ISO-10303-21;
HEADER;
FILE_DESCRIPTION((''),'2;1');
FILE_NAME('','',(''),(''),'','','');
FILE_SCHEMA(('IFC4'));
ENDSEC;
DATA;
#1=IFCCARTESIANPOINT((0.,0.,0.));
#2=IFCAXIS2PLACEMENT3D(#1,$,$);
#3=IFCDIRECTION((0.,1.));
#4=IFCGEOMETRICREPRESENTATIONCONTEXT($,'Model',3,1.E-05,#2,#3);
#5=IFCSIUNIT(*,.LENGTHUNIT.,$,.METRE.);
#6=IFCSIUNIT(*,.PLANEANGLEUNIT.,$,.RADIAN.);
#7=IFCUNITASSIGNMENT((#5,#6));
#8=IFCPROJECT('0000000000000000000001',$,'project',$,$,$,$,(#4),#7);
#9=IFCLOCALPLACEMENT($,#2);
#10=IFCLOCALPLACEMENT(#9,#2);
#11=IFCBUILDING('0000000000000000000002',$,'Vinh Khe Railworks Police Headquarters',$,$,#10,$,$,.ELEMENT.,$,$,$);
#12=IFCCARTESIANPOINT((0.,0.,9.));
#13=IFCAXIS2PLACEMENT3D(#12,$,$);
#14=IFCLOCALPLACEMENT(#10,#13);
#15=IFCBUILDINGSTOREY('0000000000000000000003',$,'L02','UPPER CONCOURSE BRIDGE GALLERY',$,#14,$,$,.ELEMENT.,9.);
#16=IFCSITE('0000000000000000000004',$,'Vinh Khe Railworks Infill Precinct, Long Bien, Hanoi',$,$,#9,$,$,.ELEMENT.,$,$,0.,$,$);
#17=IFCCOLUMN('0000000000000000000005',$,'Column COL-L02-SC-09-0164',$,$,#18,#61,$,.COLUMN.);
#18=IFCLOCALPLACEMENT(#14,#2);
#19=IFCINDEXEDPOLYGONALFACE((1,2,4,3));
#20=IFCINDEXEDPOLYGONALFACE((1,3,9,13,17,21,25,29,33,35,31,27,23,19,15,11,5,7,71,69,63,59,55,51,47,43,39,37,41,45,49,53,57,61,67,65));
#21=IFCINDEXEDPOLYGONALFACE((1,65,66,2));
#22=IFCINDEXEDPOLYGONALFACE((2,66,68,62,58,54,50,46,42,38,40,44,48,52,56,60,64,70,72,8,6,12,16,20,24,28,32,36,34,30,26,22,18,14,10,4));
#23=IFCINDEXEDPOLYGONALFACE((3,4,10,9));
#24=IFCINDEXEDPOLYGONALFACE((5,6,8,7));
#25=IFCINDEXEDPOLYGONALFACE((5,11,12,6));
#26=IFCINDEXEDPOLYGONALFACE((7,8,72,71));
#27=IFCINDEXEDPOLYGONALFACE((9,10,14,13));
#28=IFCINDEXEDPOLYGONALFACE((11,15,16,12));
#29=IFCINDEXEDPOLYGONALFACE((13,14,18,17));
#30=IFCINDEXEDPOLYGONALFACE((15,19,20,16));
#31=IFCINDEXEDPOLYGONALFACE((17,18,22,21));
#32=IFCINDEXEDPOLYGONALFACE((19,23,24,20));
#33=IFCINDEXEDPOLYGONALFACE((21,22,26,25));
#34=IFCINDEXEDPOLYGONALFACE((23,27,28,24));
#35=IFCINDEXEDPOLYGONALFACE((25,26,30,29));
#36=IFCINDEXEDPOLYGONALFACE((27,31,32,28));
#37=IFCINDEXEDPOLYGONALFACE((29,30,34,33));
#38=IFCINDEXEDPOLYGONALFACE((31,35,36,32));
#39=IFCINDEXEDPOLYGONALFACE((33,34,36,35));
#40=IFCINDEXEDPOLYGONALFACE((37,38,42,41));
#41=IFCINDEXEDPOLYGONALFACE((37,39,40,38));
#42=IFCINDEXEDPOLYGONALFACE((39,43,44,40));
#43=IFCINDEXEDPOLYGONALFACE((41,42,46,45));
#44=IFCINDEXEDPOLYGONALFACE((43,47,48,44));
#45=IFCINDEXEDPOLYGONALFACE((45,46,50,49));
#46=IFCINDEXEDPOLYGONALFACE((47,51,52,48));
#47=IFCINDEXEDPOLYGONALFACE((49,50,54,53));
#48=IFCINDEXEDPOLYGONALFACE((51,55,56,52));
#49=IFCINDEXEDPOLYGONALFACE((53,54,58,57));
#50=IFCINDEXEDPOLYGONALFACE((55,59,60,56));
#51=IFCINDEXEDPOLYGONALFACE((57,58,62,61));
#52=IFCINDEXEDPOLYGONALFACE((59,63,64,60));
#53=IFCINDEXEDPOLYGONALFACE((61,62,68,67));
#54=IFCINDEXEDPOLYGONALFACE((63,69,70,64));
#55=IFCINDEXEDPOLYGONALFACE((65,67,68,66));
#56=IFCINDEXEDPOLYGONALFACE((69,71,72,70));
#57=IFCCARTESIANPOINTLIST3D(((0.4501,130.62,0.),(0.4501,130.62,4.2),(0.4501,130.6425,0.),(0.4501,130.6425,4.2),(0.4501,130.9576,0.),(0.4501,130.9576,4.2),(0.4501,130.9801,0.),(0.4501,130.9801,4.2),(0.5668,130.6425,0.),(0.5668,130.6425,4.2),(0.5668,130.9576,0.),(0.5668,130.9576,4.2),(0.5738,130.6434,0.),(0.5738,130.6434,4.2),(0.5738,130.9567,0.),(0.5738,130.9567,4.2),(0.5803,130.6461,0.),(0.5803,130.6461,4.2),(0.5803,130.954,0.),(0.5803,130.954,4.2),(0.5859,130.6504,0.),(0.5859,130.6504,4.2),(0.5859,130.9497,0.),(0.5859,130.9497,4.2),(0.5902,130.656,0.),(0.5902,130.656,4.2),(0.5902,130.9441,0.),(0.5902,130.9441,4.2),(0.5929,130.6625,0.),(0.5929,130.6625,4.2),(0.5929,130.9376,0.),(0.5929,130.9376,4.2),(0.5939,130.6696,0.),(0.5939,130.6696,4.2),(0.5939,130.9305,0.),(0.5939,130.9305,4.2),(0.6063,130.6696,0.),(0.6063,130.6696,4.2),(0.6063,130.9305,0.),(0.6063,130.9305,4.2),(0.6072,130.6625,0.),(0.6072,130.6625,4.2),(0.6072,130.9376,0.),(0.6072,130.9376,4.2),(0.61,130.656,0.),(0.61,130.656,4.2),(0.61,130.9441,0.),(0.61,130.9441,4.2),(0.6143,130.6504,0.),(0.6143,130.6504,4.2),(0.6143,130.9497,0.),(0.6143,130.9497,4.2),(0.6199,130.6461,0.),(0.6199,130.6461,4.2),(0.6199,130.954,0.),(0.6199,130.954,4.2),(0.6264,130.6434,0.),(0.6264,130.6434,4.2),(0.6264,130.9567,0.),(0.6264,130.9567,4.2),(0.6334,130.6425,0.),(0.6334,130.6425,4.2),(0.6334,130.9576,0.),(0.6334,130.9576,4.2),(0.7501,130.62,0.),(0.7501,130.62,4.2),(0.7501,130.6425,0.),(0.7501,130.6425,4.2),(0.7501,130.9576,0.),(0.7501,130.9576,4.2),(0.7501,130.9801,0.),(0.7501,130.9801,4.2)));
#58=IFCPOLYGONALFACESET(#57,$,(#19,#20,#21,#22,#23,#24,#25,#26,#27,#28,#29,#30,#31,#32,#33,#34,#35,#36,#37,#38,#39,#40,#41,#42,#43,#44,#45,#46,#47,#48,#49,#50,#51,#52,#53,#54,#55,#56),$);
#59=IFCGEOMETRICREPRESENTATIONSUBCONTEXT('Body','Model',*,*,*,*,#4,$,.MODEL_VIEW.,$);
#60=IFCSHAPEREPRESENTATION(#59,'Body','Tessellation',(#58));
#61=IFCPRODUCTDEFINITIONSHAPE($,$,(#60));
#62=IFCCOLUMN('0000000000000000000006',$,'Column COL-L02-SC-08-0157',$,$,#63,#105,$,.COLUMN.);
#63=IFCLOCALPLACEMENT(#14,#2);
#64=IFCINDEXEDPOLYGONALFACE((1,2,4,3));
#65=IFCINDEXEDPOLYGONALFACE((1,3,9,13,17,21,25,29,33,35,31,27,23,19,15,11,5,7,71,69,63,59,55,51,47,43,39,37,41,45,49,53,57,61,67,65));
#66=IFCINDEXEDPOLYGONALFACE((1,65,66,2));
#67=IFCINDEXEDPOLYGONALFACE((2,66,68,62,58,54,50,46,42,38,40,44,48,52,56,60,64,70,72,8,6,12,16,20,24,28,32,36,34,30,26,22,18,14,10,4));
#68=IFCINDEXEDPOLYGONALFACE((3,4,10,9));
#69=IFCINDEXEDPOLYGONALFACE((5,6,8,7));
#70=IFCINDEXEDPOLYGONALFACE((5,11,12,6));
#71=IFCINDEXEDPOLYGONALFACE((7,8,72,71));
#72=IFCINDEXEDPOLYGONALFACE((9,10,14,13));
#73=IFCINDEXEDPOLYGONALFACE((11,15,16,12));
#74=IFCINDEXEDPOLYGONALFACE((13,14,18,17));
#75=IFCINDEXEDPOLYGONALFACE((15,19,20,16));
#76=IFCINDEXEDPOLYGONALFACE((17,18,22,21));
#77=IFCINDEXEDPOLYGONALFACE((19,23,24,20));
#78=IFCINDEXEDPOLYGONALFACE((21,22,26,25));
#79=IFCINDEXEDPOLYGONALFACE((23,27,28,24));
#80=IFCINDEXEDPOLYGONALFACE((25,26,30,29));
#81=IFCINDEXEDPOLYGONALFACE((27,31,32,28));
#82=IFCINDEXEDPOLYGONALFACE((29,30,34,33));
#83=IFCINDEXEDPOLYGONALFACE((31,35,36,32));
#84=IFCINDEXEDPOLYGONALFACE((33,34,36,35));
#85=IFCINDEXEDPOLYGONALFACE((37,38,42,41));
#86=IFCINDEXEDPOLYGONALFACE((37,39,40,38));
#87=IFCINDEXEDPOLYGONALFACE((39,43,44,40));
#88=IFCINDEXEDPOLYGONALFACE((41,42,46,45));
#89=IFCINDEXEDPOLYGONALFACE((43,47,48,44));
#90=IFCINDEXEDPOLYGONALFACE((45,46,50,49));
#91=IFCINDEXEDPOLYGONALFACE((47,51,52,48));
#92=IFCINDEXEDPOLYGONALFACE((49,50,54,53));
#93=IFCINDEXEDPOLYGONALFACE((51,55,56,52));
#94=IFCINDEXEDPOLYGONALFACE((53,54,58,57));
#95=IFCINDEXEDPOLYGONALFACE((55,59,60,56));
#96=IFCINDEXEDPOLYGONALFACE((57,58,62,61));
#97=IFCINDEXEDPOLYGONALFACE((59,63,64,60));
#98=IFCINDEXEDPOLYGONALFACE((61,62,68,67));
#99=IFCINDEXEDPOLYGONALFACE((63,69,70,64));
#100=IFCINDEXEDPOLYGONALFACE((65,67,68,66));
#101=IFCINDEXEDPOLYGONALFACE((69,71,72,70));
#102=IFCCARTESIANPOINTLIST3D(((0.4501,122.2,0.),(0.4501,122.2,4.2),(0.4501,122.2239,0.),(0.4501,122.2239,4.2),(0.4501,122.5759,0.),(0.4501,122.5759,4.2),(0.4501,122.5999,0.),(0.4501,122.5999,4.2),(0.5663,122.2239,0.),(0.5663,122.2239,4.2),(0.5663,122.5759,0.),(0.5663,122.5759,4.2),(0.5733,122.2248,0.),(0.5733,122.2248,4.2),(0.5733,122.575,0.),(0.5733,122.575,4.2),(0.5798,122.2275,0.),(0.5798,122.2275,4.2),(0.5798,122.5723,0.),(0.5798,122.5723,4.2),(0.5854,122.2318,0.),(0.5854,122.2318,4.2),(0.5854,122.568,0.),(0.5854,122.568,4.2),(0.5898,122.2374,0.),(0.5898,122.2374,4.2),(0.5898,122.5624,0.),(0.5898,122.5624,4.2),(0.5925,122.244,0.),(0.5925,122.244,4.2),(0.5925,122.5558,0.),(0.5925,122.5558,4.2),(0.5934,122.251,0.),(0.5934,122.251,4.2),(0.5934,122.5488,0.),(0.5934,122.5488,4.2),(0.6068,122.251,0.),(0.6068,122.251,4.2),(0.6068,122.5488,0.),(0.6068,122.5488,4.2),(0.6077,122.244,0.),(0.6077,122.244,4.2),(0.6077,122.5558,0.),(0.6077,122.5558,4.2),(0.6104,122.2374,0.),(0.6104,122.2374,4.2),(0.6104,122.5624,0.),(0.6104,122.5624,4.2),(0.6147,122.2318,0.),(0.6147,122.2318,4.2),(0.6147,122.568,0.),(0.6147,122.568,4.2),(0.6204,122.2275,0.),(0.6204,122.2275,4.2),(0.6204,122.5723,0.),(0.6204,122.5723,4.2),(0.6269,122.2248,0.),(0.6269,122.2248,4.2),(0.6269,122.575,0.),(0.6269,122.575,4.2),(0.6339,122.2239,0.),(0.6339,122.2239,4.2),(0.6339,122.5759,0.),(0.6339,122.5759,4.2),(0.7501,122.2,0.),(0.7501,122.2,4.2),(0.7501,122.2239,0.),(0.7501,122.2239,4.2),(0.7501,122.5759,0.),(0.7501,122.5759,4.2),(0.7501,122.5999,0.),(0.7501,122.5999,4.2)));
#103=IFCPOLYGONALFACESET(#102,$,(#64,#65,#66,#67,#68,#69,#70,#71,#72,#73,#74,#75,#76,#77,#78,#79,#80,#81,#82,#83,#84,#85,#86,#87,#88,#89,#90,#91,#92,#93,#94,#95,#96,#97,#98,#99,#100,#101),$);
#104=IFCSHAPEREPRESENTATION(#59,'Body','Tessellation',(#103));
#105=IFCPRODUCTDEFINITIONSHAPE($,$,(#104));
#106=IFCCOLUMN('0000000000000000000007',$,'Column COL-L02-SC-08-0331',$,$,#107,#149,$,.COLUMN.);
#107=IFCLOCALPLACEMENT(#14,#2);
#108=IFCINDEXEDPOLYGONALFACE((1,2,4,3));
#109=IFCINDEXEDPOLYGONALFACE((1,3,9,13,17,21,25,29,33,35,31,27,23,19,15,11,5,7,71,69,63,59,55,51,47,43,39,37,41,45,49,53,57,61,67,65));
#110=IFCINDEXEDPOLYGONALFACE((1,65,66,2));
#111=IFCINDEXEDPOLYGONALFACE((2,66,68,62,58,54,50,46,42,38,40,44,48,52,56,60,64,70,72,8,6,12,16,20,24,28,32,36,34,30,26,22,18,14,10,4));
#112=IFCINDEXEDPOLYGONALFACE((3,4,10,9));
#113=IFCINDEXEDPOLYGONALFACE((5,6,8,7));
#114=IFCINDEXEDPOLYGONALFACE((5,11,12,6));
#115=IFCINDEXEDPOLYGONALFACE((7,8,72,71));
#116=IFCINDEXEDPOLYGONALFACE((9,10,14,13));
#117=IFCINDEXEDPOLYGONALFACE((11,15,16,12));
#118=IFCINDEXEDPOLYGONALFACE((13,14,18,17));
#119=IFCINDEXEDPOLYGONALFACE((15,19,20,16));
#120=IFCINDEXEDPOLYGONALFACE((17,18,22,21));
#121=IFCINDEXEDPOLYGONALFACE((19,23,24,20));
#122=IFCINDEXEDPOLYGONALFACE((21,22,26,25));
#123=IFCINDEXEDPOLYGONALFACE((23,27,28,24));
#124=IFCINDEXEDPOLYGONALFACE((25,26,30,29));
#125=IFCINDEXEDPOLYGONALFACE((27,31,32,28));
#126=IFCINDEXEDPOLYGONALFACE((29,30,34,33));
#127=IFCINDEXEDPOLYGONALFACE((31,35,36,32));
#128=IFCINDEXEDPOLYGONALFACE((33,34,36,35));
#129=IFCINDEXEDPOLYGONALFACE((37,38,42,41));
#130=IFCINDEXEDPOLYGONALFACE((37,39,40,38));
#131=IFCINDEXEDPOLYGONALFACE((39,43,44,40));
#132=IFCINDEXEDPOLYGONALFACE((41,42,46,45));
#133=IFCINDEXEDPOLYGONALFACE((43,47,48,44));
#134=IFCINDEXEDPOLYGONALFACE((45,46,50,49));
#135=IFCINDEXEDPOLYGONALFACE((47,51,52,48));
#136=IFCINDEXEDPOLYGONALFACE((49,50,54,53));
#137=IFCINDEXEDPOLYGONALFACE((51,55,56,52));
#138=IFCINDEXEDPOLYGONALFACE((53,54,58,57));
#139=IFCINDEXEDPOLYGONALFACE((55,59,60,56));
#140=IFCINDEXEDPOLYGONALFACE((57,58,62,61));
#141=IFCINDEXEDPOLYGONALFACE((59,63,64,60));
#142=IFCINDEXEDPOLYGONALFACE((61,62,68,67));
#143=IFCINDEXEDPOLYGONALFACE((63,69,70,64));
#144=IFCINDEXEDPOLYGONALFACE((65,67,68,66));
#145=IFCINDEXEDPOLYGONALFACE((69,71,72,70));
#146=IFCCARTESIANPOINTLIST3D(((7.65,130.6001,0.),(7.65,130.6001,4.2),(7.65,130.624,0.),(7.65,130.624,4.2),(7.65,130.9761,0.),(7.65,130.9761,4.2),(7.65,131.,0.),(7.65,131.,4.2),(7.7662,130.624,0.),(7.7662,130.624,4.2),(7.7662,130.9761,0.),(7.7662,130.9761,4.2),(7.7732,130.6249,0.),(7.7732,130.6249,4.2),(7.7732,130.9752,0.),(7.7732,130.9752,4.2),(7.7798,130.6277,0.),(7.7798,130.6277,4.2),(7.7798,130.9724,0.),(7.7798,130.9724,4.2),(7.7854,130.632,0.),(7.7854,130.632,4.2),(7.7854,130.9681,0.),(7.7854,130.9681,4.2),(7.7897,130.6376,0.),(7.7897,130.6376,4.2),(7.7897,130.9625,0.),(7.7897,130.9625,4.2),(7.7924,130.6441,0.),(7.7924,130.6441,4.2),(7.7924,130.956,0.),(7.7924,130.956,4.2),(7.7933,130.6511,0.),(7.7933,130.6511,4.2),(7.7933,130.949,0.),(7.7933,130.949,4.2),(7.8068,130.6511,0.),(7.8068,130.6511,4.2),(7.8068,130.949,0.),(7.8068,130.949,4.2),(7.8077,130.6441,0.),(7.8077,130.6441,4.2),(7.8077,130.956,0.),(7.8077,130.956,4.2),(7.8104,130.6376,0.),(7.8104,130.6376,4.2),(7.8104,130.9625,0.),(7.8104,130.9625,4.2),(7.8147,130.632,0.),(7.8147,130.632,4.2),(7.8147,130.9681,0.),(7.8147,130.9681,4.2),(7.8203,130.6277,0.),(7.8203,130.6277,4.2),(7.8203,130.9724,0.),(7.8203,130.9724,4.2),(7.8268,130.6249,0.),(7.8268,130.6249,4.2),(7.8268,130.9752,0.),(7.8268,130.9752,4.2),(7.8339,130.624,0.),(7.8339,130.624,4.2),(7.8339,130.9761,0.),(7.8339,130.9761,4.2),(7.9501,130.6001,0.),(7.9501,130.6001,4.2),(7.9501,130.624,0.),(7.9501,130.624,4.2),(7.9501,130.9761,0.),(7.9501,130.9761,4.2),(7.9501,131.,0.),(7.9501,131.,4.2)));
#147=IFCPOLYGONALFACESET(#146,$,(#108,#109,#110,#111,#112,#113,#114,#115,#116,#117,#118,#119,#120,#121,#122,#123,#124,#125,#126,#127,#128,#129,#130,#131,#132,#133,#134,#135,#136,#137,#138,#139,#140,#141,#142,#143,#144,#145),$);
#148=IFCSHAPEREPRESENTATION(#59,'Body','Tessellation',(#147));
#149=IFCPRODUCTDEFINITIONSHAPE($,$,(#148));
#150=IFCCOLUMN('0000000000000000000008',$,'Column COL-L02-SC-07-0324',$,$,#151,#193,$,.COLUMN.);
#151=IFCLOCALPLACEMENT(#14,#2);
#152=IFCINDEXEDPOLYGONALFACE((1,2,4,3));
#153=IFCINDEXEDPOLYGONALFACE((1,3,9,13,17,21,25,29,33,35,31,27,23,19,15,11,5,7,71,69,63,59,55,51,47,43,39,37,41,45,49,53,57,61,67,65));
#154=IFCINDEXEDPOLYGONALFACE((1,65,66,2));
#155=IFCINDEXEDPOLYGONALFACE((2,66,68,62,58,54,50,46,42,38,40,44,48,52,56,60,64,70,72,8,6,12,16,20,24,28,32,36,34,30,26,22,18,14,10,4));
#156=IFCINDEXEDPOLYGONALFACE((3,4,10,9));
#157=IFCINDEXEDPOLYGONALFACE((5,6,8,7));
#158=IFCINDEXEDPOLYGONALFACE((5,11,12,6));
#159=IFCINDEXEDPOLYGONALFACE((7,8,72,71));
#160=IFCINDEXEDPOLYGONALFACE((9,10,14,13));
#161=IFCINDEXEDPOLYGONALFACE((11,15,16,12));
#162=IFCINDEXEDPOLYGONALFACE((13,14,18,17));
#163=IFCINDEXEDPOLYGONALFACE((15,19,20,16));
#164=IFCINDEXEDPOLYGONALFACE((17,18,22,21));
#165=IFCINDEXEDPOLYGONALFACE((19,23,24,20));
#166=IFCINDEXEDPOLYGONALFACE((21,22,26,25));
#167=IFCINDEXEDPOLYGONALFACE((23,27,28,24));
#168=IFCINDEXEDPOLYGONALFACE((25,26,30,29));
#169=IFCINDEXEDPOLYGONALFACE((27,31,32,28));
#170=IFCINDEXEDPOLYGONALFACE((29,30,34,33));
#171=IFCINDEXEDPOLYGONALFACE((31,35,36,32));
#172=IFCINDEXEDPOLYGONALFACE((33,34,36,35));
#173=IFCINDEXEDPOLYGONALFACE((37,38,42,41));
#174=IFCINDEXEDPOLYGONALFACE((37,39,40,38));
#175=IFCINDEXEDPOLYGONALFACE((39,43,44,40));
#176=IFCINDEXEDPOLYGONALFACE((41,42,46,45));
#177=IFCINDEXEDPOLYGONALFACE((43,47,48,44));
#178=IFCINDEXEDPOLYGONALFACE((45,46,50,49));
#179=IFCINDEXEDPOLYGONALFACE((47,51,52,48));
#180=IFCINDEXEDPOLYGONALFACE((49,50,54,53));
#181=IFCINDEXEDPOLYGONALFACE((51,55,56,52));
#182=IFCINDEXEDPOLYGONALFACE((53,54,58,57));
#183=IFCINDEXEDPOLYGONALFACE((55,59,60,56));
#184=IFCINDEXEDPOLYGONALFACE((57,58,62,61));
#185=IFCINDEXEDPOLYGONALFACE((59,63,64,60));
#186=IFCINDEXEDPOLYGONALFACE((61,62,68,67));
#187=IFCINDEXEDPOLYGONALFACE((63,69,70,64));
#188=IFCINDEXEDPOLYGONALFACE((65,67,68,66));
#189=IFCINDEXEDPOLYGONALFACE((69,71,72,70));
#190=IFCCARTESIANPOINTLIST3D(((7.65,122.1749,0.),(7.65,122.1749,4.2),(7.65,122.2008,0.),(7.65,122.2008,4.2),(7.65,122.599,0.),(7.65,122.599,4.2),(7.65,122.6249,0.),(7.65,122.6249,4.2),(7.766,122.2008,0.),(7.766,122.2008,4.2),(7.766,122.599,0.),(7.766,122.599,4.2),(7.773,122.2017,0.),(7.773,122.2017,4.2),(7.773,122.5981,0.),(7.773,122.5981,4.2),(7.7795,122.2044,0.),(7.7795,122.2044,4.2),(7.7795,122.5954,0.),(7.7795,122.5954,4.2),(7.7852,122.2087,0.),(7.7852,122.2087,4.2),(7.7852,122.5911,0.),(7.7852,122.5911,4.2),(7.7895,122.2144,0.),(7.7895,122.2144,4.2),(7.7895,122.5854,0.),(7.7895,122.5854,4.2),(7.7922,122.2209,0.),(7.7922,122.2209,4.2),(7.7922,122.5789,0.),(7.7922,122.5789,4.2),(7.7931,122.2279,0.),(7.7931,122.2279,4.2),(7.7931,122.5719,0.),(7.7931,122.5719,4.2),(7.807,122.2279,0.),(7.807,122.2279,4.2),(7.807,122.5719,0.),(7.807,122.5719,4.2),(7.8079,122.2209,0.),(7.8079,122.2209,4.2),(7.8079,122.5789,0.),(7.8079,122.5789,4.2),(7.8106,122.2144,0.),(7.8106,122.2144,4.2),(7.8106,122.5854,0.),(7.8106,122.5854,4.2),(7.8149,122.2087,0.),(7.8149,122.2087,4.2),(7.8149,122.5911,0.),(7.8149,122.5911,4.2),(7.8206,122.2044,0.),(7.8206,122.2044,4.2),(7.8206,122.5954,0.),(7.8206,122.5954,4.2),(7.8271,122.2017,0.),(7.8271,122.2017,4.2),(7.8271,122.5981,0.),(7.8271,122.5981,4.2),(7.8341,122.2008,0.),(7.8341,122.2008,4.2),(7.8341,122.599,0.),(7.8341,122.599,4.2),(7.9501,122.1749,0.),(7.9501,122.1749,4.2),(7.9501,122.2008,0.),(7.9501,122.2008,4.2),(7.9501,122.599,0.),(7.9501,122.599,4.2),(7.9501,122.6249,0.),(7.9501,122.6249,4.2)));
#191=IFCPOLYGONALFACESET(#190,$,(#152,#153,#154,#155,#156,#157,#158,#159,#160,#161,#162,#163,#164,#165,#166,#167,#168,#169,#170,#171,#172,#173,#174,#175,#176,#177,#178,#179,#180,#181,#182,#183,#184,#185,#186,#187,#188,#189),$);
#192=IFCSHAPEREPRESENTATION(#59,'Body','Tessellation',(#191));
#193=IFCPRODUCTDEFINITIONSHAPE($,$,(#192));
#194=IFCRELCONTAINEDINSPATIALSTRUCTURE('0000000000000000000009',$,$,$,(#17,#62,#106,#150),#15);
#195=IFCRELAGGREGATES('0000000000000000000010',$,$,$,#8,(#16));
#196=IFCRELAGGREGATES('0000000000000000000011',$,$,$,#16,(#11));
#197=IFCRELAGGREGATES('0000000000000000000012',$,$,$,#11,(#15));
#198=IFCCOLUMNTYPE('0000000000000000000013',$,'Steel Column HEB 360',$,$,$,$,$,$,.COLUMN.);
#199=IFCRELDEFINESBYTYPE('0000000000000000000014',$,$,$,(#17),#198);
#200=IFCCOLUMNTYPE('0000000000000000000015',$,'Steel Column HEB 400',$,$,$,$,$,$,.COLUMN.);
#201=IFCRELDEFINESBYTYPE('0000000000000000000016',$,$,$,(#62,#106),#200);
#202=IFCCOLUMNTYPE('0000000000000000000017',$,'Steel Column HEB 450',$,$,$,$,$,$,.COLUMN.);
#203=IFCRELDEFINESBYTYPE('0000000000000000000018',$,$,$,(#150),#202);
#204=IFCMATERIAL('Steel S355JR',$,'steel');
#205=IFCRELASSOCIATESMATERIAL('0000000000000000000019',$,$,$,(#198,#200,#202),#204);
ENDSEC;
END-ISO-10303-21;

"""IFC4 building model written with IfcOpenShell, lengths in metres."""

from ifc_helpers import new_model, si_unit, direction, frame, origin, origin_2d, place, context, subcontext, project, spatial, i_section, extrude, material, material_profile, profile_set, type_object, element, save


model = new_model("IFC4")

# Units and contexts
model_context = context("Model", 3, precision=1e-05, world=origin(), true_north=direction((0.0, 1.0)))
body_context = subcontext(model_context, "Body", "Model", "MODEL_VIEW")
ifc_project = project(units=[si_unit("LENGTHUNIT", "METRE"), si_unit("PLANEANGLEUNIT", "RADIAN")], contexts=[model_context])

# Site, building, storey
site_placement = place(None, origin())
site = spatial("IfcSite", under=ifc_project, at=site_placement, Name="Vinh Khe Railworks Infill Precinct, Long Bien, Hanoi", CompositionType="ELEMENT", RefElevation=0.0)
building_placement = place(site_placement, origin())
building = spatial("IfcBuilding", under=site, at=building_placement, Name="Vinh Khe Railworks Police Headquarters", CompositionType="ELEMENT")
storey_placement = place(building_placement, frame((0.0, 0.0, 9.0)))
storey = spatial("IfcBuildingStorey", under=building, at=storey_placement, Name="L02", Description="UPPER CONCOURSE BRIDGE GALLERY", CompositionType="ELEMENT", Elevation=9.0)

# Columns
ifc_material_1 = material(Name="Steel S355JR", Category="steel")
ifc_material_profile_1 = material_profile(ifc_material_1, i_section(OverallWidth=0.3, OverallDepth=0.3601, WebThickness=0.0125, FlangeThickness=0.0225, FilletRadius=0.0271, at=origin_2d()), Name="HEB 360")
ifc_profile_set_1 = profile_set([ifc_material_profile_1], Name="Steel S355JR")
column_type_1 = type_object("IfcColumnType", Name="Steel Column HEB 360", PredefinedType="COLUMN", material=ifc_profile_set_1)
column_1_placement = place(storey_placement, frame((0.6001, 130.8, 0.0), z_axis=(0.0, 0.0, 1.0), x_axis=(1.0, 0.0, 0.0)))
element("IfcColumn", 1, at=column_1_placement, inside=storey, type_object=column_type_1, Name="Column COL-L02-SC-09-0164", PredefinedType="COLUMN", context=body_context, shape_type="SweptSolid", body=[
    extrude(i_section(OverallWidth=0.3, OverallDepth=0.3601, WebThickness=0.0125, FlangeThickness=0.0225, FilletRadius=0.0271, at=origin_2d()), origin(), (0.0, 0.0, 1.0), 4.2),
])
ifc_material_profile_2 = material_profile(ifc_material_1, i_section(OverallWidth=0.3, OverallDepth=0.3999, WebThickness=0.0134, FlangeThickness=0.0239, FilletRadius=0.0271, at=origin_2d()), Name="HEB 400")
ifc_profile_set_2 = profile_set([ifc_material_profile_2], Name="Steel S355JR")
column_type_2 = type_object("IfcColumnType", Name="Steel Column HEB 400", PredefinedType="COLUMN", material=ifc_profile_set_2)
for number, where, z_axis, x_axis, name in (
    (2, (0.6001, 122.3999, 0.0), (0.0, 0.0, 1.0), (1.0, 0.0, 0.0), "Column COL-L02-SC-08-0157"),
    (3, (7.8, 130.8, 0.0), (0.0, 0.0, 1.0), (1.0, 0.0, 0.0), "Column COL-L02-SC-08-0331"),
):
    element("IfcColumn", number, at=place(storey_placement, frame(where, z_axis=z_axis, x_axis=x_axis)), inside=storey, type_object=column_type_2, Name=name, PredefinedType="COLUMN", context=body_context, shape_type="SweptSolid", body=[
        extrude(i_section(OverallWidth=0.3, OverallDepth=0.3999, WebThickness=0.0134, FlangeThickness=0.0239, FilletRadius=0.0271, at=origin_2d()), origin(), (0.0, 0.0, 1.0), 4.2),
    ])
ifc_material_profile_3 = material_profile(ifc_material_1, i_section(OverallWidth=0.3, OverallDepth=0.45, WebThickness=0.0139, FlangeThickness=0.0259, FilletRadius=0.0271, at=origin_2d()), Name="HEB 450")
ifc_profile_set_3 = profile_set([ifc_material_profile_3], Name="Steel S355JR")
column_type_3 = type_object("IfcColumnType", Name="Steel Column HEB 450", PredefinedType="COLUMN", material=ifc_profile_set_3)
for number, where, z_axis, x_axis, name in (
    (4, (7.8, 122.3999, 0.0), (0.0, 0.0, 1.0), (1.0, 0.0, 0.0), "Column COL-L02-SC-07-0324"),
):
    element("IfcColumn", number, at=place(storey_placement, frame(where, z_axis=z_axis, x_axis=x_axis)), inside=storey, type_object=column_type_3, Name=name, PredefinedType="COLUMN", context=body_context, shape_type="SweptSolid", body=[
        extrude(i_section(OverallWidth=0.3, OverallDepth=0.45, WebThickness=0.0139, FlangeThickness=0.0259, FilletRadius=0.0271, at=origin_2d()), origin(), (0.0, 0.0, 1.0), 4.2),
    ])

save(model, "model.ifc")
